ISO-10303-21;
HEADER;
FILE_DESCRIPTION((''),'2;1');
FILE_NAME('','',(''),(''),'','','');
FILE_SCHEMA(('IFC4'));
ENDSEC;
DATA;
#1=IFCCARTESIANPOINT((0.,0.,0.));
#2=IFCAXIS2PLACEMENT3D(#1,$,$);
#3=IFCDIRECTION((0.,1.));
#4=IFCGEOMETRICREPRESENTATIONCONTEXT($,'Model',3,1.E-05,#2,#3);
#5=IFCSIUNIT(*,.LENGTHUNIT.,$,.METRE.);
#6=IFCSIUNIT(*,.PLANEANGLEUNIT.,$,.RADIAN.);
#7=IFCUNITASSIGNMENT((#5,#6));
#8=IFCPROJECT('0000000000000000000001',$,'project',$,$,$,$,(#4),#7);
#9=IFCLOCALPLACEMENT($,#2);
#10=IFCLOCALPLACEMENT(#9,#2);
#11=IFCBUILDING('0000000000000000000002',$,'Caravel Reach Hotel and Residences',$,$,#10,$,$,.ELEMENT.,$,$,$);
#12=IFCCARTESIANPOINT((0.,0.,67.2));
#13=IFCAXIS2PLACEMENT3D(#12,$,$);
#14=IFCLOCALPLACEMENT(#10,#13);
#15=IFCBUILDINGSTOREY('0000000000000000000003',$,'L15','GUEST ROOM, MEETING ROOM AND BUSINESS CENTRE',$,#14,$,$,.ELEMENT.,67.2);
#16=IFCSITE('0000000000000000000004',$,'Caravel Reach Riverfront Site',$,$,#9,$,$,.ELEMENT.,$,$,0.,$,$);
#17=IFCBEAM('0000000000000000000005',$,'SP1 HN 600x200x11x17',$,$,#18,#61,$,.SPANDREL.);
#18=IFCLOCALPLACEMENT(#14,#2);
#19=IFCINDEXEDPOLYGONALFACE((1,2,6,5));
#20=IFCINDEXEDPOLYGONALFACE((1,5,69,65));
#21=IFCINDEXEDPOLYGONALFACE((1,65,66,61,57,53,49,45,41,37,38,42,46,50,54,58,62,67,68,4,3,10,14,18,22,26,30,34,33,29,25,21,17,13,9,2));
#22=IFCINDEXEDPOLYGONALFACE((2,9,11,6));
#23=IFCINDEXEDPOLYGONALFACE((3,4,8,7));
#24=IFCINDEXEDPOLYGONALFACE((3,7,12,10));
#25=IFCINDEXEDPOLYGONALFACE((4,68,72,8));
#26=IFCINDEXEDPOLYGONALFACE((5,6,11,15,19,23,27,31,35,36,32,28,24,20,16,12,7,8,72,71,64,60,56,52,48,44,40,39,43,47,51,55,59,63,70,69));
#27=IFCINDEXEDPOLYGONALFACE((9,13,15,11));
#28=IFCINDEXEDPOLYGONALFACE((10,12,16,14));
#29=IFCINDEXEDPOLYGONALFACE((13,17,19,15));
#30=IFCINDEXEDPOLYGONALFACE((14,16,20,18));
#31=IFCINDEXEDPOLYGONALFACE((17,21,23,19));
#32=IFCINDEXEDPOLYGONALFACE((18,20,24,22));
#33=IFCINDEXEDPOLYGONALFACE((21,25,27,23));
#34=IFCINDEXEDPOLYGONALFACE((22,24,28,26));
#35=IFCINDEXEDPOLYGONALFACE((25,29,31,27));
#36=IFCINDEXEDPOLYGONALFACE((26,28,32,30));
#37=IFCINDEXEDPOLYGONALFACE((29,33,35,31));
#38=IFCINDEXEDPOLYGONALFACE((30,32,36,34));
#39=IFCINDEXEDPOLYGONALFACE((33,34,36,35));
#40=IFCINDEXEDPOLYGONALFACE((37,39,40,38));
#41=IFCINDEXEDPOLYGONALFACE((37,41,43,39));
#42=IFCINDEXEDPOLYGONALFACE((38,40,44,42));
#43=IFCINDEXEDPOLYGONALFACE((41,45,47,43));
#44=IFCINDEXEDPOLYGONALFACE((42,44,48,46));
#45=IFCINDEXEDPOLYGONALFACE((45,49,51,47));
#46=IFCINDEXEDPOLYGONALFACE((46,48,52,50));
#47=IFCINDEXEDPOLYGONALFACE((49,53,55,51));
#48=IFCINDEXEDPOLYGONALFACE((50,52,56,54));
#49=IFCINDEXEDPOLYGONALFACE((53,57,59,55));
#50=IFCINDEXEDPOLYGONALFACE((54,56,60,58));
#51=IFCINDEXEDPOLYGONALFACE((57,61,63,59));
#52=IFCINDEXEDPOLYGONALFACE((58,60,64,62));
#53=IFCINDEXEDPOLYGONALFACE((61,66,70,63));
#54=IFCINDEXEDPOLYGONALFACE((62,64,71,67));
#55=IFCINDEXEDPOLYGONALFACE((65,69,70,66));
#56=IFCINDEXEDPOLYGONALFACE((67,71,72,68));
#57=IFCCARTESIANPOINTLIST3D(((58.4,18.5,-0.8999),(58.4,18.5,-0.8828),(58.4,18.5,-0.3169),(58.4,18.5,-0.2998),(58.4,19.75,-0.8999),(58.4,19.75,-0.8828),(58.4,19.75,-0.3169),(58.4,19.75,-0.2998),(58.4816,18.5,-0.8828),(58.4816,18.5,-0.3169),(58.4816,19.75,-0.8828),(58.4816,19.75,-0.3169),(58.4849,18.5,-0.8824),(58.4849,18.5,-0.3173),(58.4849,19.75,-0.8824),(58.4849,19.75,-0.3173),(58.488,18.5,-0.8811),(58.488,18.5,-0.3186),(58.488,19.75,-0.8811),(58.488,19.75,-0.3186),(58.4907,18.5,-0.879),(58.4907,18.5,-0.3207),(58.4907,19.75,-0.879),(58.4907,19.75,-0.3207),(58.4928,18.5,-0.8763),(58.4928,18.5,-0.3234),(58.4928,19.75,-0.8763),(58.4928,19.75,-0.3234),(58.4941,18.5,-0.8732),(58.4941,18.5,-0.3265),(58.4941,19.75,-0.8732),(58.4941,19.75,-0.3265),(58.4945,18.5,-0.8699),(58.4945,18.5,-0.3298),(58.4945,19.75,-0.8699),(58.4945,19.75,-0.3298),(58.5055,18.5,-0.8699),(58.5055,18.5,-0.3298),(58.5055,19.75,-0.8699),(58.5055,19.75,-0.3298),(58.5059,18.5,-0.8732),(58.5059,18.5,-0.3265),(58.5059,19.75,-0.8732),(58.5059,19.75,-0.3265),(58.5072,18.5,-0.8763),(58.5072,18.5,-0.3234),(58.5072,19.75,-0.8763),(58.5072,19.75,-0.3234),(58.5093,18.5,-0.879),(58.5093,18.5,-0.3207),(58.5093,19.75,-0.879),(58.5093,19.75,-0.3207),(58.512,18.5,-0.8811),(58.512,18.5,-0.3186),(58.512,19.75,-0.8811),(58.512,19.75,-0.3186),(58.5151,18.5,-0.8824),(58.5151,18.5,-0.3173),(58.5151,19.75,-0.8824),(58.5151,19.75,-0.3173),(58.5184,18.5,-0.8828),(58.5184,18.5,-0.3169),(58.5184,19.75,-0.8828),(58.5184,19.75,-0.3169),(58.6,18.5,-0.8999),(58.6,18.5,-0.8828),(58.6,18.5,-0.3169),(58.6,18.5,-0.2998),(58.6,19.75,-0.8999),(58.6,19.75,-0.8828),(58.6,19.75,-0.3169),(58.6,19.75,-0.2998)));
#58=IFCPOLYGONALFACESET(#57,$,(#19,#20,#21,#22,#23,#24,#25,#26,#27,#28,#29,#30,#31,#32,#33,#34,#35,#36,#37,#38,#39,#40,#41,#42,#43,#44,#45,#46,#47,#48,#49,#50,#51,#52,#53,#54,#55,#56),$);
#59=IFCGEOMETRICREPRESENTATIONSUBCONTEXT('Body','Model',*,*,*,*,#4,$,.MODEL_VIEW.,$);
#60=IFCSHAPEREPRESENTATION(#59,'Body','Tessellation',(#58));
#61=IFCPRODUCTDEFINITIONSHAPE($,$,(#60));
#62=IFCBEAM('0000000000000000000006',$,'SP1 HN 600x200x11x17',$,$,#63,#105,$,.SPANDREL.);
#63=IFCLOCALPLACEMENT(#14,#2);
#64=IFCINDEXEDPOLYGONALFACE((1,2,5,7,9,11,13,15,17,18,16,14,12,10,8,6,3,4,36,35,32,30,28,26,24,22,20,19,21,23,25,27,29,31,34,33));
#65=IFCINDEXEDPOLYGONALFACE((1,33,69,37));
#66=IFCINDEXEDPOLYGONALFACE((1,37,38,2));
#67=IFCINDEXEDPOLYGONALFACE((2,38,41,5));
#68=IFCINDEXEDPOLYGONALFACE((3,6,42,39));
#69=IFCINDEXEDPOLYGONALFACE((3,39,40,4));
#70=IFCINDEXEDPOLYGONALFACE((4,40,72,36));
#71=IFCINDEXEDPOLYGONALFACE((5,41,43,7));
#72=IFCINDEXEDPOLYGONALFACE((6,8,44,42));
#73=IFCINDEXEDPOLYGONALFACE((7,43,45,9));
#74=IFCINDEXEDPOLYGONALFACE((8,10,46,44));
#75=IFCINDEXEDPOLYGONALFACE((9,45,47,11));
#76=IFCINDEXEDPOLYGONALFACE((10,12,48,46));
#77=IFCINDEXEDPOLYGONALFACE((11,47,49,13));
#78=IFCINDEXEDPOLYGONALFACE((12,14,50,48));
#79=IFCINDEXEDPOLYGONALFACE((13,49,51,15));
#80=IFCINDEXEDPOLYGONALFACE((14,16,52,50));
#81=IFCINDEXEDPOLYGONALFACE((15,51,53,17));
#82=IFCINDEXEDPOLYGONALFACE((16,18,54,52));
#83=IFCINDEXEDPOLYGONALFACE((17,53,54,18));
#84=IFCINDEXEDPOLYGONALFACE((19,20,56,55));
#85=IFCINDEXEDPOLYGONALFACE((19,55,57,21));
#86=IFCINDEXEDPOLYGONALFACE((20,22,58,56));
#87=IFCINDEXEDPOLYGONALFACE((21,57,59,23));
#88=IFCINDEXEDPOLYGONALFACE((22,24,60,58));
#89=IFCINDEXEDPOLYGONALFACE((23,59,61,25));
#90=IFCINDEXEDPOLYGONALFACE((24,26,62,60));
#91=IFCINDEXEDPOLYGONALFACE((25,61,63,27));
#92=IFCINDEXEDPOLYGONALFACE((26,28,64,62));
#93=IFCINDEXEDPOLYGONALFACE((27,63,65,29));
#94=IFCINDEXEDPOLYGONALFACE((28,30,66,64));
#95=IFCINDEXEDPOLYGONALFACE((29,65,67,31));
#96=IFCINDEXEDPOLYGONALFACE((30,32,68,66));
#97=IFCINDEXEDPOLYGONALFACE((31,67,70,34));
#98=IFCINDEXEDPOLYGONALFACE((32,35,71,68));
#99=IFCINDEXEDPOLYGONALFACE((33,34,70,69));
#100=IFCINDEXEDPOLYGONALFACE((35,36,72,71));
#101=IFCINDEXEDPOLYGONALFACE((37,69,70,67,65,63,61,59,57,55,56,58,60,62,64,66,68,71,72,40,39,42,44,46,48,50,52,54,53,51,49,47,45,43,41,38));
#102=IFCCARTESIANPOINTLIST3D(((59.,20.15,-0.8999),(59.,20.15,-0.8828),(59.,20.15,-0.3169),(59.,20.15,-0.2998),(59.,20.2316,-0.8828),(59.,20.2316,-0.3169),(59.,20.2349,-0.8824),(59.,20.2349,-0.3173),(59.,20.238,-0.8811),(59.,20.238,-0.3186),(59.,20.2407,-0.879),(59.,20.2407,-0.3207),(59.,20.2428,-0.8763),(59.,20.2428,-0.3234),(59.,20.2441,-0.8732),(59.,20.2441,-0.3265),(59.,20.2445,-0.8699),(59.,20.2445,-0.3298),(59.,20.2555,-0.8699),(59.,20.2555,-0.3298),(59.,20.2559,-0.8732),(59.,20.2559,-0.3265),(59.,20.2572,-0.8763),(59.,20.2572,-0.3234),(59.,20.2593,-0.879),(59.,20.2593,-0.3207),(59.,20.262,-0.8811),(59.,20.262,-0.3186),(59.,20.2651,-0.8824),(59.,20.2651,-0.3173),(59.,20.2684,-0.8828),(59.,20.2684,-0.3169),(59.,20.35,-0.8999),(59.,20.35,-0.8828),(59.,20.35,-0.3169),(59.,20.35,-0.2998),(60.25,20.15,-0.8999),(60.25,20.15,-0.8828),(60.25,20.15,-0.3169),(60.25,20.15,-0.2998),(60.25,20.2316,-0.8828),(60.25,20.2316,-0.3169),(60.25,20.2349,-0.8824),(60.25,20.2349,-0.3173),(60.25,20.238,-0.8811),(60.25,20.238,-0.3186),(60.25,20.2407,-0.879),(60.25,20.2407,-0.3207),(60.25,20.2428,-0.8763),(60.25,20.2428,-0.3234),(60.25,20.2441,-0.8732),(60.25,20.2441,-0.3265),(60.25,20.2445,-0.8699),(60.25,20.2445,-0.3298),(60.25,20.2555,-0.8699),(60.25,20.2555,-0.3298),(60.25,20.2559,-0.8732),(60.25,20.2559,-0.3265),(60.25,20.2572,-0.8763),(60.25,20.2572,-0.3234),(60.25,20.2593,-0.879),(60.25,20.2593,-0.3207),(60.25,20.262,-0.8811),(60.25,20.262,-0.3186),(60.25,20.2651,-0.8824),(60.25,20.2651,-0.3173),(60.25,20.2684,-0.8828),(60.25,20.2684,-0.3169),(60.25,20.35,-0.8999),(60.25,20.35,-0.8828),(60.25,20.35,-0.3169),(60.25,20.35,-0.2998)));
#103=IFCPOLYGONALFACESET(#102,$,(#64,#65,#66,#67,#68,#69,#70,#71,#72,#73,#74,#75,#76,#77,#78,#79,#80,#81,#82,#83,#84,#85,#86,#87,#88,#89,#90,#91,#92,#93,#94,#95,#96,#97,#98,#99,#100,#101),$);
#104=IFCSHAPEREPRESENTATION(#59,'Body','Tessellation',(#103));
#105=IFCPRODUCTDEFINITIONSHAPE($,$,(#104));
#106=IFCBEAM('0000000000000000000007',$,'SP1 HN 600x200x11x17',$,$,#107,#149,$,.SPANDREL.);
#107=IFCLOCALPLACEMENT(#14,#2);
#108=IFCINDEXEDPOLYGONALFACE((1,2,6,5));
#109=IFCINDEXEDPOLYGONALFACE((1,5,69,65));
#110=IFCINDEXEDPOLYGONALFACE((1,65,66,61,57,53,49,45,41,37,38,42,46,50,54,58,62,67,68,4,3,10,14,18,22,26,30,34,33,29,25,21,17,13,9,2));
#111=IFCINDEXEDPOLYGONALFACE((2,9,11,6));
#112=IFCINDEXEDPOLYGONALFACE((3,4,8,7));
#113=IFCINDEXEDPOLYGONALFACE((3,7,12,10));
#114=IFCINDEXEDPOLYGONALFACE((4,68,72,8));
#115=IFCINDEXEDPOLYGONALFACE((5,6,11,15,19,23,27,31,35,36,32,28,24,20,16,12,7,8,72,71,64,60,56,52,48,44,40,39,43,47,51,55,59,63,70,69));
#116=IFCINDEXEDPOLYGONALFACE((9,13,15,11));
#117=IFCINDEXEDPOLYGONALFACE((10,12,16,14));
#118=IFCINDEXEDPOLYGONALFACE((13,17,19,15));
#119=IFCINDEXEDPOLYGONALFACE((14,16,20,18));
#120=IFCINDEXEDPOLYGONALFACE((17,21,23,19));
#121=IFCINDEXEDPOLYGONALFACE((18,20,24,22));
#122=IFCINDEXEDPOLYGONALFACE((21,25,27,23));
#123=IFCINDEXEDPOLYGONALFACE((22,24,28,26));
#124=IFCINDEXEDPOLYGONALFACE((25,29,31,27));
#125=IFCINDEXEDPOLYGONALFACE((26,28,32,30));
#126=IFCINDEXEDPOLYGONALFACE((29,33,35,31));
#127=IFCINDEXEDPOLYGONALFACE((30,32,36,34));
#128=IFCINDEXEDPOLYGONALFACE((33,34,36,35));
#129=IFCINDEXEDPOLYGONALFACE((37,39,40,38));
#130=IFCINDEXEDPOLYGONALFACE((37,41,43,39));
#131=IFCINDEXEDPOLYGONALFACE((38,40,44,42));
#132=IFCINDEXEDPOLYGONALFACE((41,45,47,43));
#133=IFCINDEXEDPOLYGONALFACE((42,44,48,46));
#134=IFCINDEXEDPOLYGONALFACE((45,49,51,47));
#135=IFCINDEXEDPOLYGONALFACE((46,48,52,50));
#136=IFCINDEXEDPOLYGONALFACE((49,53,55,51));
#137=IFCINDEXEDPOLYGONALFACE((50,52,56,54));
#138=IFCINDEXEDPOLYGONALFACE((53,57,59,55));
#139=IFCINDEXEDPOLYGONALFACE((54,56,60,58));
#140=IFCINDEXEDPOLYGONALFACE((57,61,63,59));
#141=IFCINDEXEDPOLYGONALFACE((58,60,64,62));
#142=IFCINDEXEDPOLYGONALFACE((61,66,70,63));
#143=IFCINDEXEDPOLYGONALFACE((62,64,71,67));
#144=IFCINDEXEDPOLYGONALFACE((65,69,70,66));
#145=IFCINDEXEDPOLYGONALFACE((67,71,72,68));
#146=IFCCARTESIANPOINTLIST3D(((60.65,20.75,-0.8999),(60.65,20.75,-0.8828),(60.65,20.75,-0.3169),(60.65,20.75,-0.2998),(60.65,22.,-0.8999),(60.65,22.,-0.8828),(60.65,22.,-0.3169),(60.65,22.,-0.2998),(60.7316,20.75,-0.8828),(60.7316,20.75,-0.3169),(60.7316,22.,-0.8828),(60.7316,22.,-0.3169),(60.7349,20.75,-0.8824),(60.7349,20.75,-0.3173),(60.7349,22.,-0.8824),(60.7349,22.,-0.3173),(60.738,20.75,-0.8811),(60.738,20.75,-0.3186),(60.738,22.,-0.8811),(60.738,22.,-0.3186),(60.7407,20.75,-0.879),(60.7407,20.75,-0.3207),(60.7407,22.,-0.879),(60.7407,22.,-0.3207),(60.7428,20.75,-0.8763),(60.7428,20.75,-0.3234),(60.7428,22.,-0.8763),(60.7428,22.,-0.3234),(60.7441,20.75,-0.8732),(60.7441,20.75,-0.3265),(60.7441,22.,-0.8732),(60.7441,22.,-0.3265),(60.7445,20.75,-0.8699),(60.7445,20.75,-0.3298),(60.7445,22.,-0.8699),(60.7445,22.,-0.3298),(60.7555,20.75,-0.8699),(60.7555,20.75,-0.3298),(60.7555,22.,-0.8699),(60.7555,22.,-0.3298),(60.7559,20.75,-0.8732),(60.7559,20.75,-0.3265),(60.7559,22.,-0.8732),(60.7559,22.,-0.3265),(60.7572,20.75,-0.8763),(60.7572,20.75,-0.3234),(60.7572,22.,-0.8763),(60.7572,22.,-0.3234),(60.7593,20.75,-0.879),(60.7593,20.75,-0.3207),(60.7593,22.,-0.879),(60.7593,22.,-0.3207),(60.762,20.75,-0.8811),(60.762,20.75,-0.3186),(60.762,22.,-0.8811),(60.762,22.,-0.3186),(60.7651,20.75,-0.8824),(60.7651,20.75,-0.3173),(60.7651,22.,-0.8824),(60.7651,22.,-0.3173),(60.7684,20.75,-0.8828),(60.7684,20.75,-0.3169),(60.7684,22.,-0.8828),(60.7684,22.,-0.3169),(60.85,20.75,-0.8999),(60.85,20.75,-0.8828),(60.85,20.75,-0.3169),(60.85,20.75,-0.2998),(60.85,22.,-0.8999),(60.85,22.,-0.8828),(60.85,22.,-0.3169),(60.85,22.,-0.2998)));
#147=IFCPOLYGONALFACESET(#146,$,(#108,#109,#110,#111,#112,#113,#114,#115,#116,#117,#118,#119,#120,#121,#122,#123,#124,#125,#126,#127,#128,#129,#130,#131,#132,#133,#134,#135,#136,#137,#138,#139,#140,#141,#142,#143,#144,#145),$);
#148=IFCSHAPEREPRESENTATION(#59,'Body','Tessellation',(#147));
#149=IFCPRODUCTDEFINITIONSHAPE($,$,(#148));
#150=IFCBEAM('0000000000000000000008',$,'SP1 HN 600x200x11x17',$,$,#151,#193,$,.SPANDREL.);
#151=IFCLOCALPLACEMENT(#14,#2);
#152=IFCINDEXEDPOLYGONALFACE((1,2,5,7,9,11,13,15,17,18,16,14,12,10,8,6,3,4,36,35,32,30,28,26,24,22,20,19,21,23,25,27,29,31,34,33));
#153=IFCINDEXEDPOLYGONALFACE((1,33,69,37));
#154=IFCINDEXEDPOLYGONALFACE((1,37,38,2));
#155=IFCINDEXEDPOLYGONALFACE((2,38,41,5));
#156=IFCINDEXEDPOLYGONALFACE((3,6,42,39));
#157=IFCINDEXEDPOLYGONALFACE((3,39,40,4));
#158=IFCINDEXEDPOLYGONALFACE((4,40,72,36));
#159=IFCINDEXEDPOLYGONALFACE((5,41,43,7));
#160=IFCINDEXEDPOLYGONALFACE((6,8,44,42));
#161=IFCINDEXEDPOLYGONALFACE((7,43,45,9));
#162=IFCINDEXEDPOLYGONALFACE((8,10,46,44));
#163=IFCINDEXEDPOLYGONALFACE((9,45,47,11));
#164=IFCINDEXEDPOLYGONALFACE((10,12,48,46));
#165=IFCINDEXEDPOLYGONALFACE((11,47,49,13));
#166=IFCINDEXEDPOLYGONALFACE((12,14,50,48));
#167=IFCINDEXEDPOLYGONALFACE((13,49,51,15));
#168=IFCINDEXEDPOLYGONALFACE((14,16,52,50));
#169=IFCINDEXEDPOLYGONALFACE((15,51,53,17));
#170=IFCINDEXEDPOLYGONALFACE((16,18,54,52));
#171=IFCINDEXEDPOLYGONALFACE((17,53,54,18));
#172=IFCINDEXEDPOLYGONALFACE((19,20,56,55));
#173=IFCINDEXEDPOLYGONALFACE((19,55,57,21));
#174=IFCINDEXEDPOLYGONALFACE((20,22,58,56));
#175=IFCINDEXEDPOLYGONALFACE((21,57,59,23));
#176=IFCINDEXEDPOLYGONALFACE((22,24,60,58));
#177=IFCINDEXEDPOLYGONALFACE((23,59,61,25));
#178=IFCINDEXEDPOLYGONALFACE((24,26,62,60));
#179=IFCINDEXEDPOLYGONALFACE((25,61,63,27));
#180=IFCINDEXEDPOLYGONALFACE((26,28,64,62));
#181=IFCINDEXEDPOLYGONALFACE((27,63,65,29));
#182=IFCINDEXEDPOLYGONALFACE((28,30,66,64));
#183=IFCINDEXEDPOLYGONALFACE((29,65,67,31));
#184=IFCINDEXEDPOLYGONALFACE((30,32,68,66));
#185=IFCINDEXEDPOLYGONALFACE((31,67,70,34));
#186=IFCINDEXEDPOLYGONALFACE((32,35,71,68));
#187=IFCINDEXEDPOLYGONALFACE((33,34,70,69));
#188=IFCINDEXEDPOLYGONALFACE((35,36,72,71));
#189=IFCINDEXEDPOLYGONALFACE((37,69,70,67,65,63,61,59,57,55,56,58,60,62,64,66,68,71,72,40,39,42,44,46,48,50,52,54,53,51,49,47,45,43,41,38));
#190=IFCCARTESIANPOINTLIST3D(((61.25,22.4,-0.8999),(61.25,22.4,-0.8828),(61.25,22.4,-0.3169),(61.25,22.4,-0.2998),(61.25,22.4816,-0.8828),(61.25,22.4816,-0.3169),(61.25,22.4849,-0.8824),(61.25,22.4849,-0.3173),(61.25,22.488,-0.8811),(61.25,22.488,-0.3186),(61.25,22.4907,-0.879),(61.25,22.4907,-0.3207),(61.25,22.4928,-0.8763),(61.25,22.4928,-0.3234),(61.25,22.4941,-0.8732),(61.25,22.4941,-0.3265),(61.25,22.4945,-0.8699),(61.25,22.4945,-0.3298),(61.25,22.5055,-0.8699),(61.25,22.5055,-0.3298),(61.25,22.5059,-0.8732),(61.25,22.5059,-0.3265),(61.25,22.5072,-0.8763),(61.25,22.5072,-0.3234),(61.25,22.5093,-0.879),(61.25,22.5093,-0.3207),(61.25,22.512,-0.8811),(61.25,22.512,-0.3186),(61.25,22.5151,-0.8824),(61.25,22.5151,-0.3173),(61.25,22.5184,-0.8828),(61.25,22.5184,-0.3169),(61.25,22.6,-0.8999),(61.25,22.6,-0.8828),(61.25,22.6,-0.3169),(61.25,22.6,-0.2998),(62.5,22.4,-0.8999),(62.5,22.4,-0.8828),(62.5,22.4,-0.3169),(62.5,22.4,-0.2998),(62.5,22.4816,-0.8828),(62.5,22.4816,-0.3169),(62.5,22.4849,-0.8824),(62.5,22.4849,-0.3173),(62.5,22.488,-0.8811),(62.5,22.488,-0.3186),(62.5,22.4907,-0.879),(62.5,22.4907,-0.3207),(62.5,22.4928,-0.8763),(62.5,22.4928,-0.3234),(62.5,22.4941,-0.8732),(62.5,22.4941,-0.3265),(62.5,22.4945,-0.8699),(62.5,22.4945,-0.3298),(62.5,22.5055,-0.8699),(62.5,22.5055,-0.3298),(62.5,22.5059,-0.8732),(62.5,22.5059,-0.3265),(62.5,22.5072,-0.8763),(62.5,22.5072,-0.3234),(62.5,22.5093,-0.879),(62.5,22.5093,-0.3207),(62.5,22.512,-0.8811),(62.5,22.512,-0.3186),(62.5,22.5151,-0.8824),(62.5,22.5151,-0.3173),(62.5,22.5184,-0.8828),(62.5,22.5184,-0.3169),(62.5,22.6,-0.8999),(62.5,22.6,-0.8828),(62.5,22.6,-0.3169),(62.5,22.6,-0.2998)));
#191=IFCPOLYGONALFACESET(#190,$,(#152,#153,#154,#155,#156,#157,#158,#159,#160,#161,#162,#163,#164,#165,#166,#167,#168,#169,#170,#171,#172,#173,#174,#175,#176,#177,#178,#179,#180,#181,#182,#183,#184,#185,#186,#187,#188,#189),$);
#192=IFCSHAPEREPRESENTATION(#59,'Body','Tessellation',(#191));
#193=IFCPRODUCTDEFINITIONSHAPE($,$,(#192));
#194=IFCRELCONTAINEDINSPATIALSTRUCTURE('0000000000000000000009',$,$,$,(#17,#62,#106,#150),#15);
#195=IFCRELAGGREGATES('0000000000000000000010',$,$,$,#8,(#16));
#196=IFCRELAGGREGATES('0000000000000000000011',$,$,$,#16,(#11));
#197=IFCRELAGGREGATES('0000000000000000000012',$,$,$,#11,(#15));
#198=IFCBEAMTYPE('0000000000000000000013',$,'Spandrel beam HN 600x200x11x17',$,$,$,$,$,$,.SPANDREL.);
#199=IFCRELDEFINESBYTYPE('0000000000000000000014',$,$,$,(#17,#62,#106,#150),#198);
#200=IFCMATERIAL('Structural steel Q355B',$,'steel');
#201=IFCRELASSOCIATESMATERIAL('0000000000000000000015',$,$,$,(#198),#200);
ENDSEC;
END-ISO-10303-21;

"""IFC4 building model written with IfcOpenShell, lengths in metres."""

from ifc_helpers import new_model, si_unit, direction, frame, origin, origin_2d, place, context, subcontext, project, spatial, i_section, extrude, material, material_profile, profile_set, type_object, element, save


model = new_model("IFC4")

# Units and contexts
model_context = context("Model", 3, precision=1e-05, world=origin(), true_north=direction((0.0, 1.0)))
body_context = subcontext(model_context, "Body", "Model", "MODEL_VIEW")
ifc_project = project(units=[si_unit("LENGTHUNIT", "METRE"), si_unit("PLANEANGLEUNIT", "RADIAN")], contexts=[model_context])

# Site, building, storey
site_placement = place(None, origin())
site = spatial("IfcSite", under=ifc_project, at=site_placement, Name="Caravel Reach Riverfront Site", CompositionType="ELEMENT", RefElevation=0.0)
building_placement = place(site_placement, origin())
building = spatial("IfcBuilding", under=site, at=building_placement, Name="Caravel Reach Hotel and Residences", CompositionType="ELEMENT")
storey_placement = place(building_placement, frame((0.0, 0.0, 67.2)))
storey = spatial("IfcBuildingStorey", under=building, at=storey_placement, Name="L15", Description="GUEST ROOM, MEETING ROOM AND BUSINESS CENTRE", CompositionType="ELEMENT", Elevation=67.2)

# Beams
ifc_material_1 = material(Name="Structural steel Q355B", Category="steel")
ifc_material_profile_1 = material_profile(ifc_material_1, i_section(OverallWidth=0.2, OverallDepth=0.6001, WebThickness=0.011, FlangeThickness=0.0171, FilletRadius=0.0129, at=origin_2d()), Name="HN 600x200x11x17")
ifc_profile_set_1 = profile_set([ifc_material_profile_1], Name="Structural steel Q355B")
beam_type_1 = type_object("IfcBeamType", Name="Spandrel beam HN 600x200x11x17", PredefinedType="SPANDREL", material=ifc_profile_set_1)
for number, where, z_axis, x_axis, name in (
    (1, (58.5, 18.5, -0.5999), (0.0, 1.0, 0.0), (-1.0, 0.0, 0.0), "SP1 HN 600x200x11x17"),
    (2, (59.0, 20.25, -0.5999), (1.0, 0.0, 0.0), (0.0, 1.0, 0.0), "SP1 HN 600x200x11x17"),
    (3, (60.75, 20.75, -0.5999), (0.0, 1.0, 0.0), (-1.0, 0.0, 0.0), "SP1 HN 600x200x11x17"),
    (4, (61.25, 22.5, -0.5999), (1.0, 0.0, 0.0), (0.0, 1.0, 0.0), "SP1 HN 600x200x11x17"),
):
    element("IfcBeam", number, at=place(storey_placement, frame(where, z_axis=z_axis, x_axis=x_axis)), inside=storey, type_object=beam_type_1, Name=name, PredefinedType="SPANDREL", context=body_context, shape_type="SweptSolid", body=[
        extrude(i_section(OverallWidth=0.2, OverallDepth=0.6001, WebThickness=0.011, FlangeThickness=0.0171, FilletRadius=0.0129, at=origin_2d()), origin(), (0.0, 0.0, 1.0), 1.25),
    ])

save(model, "model.ifc")
